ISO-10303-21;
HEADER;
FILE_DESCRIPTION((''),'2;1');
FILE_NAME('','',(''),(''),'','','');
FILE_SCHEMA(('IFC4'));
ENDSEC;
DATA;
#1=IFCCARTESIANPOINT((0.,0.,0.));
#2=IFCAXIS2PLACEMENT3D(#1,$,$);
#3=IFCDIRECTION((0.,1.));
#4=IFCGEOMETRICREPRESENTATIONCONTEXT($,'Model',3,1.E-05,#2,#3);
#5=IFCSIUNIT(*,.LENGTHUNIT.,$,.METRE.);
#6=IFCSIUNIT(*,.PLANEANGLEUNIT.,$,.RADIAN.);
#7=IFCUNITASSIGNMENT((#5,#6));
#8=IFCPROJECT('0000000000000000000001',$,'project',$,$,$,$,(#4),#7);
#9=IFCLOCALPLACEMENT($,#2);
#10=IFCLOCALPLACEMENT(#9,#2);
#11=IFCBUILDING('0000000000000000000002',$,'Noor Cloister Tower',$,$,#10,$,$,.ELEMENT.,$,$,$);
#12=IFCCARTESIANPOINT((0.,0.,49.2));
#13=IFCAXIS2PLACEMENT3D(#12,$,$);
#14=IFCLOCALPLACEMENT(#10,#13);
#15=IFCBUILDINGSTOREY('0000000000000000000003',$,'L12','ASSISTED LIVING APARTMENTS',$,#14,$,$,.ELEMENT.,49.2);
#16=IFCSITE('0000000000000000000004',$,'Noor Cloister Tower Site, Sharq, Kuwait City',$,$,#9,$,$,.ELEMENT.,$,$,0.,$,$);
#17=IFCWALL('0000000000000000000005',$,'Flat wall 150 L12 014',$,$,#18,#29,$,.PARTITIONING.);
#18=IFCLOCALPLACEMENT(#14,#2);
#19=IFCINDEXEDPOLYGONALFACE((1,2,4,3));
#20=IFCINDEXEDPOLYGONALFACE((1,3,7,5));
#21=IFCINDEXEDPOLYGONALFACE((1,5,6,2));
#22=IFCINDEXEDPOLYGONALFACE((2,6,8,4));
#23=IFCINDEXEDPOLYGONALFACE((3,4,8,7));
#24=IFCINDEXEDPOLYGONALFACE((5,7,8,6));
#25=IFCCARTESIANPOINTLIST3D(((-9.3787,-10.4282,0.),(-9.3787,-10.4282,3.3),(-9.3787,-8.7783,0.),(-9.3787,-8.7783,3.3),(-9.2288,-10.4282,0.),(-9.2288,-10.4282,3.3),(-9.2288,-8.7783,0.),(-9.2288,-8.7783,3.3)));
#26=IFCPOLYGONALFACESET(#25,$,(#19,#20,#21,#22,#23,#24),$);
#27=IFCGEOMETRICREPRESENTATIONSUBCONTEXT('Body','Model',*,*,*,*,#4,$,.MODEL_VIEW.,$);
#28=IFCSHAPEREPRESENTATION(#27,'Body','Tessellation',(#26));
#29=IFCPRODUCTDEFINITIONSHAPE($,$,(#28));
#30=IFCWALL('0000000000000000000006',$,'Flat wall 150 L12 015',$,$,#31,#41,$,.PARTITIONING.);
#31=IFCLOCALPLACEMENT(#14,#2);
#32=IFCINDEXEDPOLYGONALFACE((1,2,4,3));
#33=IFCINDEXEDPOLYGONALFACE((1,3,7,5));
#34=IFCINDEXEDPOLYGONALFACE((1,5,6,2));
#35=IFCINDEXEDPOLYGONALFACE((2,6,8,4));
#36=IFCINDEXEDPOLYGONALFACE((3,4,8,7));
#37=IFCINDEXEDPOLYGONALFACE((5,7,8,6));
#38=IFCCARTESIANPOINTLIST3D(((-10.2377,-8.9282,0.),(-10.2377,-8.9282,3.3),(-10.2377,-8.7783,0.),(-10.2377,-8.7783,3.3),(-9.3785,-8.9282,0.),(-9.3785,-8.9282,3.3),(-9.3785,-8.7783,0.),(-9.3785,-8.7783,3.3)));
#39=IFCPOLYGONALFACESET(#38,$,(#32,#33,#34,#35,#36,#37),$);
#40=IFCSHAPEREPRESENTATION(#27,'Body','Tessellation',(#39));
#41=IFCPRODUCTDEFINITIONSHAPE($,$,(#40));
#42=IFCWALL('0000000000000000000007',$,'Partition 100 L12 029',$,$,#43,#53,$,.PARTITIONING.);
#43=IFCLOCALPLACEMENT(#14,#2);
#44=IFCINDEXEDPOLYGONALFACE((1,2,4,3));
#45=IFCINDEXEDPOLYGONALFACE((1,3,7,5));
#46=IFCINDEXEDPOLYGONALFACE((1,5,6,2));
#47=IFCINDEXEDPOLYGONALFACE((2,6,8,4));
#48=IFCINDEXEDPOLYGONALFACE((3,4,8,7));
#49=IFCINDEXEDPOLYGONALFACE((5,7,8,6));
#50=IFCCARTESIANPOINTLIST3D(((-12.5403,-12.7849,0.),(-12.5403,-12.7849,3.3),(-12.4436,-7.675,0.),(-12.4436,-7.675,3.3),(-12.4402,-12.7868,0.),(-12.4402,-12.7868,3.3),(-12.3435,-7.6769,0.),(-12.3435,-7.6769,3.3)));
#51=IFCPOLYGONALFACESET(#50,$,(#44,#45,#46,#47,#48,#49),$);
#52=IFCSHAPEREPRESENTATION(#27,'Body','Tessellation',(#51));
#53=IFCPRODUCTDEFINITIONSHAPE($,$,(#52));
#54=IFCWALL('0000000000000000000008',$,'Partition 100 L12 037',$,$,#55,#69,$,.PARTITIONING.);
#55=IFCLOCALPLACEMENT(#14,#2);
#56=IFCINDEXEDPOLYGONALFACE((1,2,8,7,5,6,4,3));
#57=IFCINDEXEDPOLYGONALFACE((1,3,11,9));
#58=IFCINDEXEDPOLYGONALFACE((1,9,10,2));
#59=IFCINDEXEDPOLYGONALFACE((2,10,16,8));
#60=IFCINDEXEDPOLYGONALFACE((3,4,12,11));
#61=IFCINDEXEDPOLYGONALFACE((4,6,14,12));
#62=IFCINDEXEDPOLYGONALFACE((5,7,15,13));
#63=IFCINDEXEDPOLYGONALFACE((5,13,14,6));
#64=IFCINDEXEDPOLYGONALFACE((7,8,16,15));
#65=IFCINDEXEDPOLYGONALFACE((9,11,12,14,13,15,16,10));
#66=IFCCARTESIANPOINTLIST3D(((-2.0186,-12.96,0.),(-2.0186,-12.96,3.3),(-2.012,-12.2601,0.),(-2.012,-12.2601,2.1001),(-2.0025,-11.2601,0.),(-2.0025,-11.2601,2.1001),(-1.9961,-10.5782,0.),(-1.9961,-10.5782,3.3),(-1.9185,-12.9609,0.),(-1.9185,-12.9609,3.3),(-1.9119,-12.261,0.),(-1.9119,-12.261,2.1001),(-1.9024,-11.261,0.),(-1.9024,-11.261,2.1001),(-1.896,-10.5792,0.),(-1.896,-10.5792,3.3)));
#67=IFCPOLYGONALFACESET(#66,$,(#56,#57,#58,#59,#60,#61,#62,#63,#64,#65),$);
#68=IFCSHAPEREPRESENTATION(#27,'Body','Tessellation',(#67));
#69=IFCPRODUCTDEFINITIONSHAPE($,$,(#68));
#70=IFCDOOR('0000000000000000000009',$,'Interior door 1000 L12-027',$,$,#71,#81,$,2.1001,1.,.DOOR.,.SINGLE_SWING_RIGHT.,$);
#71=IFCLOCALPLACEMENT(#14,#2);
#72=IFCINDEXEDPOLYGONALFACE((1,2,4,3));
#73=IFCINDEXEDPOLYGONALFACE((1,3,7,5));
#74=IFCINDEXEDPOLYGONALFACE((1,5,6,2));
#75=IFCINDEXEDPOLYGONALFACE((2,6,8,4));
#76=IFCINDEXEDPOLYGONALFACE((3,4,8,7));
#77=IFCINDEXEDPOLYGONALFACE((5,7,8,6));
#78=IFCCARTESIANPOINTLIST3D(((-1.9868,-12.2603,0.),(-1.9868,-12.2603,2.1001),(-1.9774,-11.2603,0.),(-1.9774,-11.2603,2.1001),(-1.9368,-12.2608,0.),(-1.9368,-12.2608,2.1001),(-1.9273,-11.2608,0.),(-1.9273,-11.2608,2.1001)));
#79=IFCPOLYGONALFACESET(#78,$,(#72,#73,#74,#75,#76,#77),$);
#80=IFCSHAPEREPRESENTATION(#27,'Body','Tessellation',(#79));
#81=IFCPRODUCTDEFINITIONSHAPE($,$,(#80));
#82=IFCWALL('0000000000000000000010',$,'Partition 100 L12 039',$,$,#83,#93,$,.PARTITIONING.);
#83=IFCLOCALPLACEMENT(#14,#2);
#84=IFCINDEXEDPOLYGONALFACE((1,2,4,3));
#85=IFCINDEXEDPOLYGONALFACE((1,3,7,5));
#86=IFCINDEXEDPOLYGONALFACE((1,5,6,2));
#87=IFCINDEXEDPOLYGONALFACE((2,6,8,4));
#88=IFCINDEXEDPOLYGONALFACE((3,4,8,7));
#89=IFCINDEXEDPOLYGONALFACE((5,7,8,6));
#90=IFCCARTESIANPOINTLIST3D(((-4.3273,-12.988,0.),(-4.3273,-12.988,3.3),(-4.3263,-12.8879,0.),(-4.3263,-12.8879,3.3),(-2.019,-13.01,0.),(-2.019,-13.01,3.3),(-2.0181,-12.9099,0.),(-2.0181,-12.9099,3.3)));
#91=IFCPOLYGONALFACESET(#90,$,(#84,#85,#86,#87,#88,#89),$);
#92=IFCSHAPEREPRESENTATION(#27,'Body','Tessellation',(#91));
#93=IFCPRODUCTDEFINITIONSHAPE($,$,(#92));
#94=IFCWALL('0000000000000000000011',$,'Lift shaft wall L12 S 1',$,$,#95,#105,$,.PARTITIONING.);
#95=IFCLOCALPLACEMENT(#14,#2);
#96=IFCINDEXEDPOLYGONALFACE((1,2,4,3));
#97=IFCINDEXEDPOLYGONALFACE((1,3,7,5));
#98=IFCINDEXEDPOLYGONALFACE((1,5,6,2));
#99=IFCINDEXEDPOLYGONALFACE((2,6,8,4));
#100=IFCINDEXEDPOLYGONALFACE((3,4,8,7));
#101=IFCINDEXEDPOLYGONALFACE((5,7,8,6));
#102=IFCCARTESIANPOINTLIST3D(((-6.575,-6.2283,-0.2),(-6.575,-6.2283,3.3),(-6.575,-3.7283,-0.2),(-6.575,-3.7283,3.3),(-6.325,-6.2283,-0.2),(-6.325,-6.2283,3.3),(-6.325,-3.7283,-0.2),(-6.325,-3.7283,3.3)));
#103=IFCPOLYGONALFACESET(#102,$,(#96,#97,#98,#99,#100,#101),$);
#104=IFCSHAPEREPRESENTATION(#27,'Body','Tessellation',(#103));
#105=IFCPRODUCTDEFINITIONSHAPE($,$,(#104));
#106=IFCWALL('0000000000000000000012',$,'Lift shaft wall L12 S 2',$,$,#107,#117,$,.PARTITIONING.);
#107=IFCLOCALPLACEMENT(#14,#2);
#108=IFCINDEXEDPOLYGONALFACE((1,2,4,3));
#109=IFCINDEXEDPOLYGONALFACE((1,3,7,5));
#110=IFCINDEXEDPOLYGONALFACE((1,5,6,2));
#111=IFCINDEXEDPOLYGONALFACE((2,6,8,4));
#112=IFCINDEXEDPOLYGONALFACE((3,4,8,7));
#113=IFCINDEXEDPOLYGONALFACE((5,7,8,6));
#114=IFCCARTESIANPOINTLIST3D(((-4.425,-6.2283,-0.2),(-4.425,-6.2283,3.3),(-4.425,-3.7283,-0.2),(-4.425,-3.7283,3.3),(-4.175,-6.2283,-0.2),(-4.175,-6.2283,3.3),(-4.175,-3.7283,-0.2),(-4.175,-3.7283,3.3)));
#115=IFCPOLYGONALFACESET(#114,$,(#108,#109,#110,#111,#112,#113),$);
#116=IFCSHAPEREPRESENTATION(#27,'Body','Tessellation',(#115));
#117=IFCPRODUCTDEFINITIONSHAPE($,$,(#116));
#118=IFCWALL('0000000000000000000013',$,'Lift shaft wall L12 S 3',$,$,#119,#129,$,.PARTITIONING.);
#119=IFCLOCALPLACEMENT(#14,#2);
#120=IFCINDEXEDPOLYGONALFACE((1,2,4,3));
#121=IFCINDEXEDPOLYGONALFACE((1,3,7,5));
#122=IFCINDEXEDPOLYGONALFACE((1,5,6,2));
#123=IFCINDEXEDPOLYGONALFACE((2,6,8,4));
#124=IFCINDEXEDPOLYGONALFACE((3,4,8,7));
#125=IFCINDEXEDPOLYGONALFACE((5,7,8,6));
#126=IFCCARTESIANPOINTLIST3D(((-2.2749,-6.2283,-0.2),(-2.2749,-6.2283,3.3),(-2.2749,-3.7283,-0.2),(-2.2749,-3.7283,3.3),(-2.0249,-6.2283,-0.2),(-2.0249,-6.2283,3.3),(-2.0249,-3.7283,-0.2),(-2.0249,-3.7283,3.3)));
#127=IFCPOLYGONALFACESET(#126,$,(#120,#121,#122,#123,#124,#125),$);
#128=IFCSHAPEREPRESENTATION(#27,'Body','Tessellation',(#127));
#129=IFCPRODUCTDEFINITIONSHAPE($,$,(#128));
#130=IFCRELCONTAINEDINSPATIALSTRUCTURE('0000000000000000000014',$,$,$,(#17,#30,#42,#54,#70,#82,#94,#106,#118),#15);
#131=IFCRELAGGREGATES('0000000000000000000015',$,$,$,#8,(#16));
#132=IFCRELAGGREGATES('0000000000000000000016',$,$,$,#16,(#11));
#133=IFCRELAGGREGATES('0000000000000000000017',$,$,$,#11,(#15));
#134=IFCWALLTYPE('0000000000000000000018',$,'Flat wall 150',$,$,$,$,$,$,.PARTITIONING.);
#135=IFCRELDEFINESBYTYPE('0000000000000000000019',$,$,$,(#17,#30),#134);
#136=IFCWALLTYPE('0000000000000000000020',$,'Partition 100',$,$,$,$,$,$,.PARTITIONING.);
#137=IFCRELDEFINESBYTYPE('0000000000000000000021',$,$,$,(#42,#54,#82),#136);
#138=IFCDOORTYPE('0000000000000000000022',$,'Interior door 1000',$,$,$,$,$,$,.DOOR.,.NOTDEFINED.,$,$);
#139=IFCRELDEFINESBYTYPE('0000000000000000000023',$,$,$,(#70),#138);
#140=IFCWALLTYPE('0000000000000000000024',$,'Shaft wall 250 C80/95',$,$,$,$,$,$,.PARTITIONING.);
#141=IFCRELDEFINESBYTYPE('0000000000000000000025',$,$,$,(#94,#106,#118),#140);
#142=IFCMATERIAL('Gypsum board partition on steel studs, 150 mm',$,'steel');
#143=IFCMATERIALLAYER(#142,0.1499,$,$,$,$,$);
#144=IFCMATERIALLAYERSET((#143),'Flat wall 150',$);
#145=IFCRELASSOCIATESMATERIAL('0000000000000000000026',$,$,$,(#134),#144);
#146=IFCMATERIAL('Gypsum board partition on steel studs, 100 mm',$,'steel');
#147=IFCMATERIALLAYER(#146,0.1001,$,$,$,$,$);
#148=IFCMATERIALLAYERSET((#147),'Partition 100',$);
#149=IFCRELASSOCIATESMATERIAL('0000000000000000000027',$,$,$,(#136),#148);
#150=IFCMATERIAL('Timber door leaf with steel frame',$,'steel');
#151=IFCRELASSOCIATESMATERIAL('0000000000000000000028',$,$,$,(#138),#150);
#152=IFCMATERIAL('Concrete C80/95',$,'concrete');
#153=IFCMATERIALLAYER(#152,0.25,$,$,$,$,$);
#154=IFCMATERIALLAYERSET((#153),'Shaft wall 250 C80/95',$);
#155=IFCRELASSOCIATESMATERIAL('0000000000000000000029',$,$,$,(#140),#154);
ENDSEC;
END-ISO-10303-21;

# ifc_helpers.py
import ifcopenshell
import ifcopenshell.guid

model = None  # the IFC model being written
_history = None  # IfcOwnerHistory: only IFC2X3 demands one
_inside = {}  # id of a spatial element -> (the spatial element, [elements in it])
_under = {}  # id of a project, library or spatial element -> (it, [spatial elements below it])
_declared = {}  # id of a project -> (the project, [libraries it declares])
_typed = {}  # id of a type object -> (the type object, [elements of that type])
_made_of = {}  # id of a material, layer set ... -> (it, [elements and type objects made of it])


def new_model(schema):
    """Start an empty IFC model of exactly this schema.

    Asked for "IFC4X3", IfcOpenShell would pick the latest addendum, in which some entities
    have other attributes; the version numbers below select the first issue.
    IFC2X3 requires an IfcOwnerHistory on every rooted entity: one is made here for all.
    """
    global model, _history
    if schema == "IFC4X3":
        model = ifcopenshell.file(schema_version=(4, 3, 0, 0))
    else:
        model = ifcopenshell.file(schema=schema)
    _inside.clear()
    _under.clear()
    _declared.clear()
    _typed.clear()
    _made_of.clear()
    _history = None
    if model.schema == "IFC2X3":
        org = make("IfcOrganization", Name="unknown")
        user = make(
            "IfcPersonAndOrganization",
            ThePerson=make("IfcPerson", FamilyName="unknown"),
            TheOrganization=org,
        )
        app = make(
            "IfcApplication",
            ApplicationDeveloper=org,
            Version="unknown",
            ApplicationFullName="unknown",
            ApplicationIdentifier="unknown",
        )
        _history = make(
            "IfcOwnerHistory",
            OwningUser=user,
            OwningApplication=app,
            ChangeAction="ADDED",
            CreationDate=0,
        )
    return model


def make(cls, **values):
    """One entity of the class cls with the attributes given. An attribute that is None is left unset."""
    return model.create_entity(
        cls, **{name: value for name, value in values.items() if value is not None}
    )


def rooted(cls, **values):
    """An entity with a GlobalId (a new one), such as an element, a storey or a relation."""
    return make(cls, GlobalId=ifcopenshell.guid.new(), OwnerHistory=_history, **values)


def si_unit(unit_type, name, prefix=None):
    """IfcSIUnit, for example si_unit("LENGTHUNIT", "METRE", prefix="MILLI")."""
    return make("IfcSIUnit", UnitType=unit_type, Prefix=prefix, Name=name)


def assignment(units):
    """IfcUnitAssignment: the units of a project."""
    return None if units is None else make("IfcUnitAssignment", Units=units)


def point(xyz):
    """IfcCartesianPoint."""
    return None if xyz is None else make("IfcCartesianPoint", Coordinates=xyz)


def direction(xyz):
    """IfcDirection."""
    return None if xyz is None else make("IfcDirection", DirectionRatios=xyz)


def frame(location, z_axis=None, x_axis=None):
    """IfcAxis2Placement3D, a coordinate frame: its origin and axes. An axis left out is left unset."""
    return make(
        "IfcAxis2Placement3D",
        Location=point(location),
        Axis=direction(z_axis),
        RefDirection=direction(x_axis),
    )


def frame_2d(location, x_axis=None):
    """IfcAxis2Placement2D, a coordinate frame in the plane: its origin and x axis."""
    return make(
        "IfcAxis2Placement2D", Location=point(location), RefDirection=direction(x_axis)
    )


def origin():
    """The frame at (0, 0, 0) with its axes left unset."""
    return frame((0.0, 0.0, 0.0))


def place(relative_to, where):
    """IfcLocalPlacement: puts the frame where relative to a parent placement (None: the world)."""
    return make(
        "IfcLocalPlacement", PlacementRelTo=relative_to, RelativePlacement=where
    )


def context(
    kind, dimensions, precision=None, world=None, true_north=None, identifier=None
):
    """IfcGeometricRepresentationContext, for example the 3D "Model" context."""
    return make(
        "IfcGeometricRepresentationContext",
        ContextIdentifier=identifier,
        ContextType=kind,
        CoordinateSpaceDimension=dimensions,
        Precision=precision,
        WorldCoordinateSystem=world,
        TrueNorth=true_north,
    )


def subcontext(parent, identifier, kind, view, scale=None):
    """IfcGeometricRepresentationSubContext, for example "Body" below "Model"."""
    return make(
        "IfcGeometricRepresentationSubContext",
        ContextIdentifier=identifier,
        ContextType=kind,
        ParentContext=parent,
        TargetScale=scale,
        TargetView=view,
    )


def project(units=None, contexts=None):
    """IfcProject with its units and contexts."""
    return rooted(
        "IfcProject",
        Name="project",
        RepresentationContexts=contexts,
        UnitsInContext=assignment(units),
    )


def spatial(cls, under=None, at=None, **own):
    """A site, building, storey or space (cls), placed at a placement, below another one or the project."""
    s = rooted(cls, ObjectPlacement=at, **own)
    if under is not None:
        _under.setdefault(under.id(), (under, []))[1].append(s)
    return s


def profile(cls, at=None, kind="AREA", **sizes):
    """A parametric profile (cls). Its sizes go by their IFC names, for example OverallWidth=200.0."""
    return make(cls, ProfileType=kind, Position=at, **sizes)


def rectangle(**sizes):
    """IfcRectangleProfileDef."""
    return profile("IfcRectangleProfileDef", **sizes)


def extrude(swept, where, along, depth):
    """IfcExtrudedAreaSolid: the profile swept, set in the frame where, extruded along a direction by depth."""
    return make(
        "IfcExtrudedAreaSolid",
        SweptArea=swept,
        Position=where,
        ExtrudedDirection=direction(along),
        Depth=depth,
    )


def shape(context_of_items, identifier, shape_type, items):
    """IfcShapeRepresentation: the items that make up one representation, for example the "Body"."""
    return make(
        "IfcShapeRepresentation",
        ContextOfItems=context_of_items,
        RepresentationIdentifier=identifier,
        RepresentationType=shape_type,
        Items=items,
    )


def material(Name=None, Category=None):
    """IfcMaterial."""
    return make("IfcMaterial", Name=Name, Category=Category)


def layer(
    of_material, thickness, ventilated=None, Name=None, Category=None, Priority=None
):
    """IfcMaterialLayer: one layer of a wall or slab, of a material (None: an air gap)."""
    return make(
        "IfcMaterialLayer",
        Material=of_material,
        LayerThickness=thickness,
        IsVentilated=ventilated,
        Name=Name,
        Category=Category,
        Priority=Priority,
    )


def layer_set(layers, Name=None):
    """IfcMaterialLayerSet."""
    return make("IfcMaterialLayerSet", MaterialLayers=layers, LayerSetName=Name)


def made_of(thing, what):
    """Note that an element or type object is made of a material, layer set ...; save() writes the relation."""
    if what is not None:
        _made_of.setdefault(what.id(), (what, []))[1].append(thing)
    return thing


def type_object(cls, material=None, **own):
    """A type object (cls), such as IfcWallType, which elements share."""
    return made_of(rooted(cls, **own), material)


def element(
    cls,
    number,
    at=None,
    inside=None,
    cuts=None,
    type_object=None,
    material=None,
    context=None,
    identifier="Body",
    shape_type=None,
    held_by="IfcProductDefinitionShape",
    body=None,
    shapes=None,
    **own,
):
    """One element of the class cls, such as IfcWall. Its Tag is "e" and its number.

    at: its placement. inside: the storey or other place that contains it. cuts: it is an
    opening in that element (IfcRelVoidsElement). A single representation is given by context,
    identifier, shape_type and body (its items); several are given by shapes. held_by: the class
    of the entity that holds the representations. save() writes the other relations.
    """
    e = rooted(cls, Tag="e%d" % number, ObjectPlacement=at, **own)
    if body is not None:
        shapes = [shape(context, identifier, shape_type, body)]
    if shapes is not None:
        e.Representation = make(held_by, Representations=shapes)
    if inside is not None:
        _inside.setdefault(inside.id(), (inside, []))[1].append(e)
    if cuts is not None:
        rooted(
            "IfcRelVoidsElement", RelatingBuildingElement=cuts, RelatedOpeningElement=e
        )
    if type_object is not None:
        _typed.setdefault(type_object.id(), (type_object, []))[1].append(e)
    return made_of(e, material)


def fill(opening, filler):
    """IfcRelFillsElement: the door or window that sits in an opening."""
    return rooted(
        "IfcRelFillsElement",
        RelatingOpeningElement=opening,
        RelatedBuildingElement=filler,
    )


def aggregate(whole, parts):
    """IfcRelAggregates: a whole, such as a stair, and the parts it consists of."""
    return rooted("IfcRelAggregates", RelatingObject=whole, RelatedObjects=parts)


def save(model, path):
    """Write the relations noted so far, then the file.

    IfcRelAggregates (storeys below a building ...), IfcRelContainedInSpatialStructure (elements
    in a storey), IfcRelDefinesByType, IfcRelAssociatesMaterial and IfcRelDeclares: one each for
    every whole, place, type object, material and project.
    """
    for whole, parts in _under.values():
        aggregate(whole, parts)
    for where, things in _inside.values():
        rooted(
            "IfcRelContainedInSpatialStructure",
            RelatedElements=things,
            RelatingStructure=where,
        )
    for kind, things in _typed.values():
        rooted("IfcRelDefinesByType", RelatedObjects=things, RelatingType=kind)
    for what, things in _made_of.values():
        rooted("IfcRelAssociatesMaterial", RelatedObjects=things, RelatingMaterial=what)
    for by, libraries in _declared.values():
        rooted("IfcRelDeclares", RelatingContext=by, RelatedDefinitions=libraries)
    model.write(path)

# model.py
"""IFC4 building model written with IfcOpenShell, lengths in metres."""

from ifc_helpers import new_model, si_unit, direction, frame, frame_2d, origin, place, context, subcontext, project, spatial, rectangle, extrude, material, layer, layer_set, type_object, element, fill, save


model = new_model("IFC4")

# Units and contexts
model_context = context("Model", 3, precision=1e-05, world=origin(), true_north=direction((0.0, 1.0)))
body_context = subcontext(model_context, "Body", "Model", "MODEL_VIEW")
ifc_project = project(units=[si_unit("LENGTHUNIT", "METRE"), si_unit("PLANEANGLEUNIT", "RADIAN")], contexts=[model_context])

# Site, building, storey
site_placement = place(None, origin())
site = spatial("IfcSite", under=ifc_project, at=site_placement, Name="Noor Cloister Tower Site, Sharq, Kuwait City", CompositionType="ELEMENT", RefElevation=0.0)
building_placement = place(site_placement, origin())
building = spatial("IfcBuilding", under=site, at=building_placement, Name="Noor Cloister Tower", CompositionType="ELEMENT")
storey_placement = place(building_placement, frame((0.0, 0.0, 49.2)))
storey = spatial("IfcBuildingStorey", under=building, at=storey_placement, Name="L12", Description="ASSISTED LIVING APARTMENTS", CompositionType="ELEMENT", Elevation=49.2)

# Walls
ifc_material_1 = material(Name="Gypsum board partition on steel studs, 150 mm", Category="steel")
ifc_layer_1 = layer(ifc_material_1, 0.1499)
ifc_layer_set_1 = layer_set([ifc_layer_1], Name="Flat wall 150")
wall_type_1 = type_object("IfcWallType", Name="Flat wall 150", PredefinedType="PARTITIONING", material=ifc_layer_set_1)
wall_1_placement = place(storey_placement, frame((-9.3037, -10.4282, 0.0), z_axis=(0.0, 0.0, 1.0), x_axis=(0.0, 1.0, 0.0)))
element("IfcWall", 1, at=wall_1_placement, inside=storey, type_object=wall_type_1, Name="Flat wall 150 L12 014", PredefinedType="PARTITIONING", context=body_context, shape_type="SweptSolid", body=[
    extrude(rectangle(XDim=1.6499, YDim=0.1499, at=frame_2d((0.825, 0.0))), origin(), (0.0, 0.0, 1.0), 3.3),
])
wall_2_placement = place(storey_placement, frame((-10.2378, -8.8533, 0.0), z_axis=(0.0, 0.0, 1.0), x_axis=(1.0, 0.0, 0.0)))
element("IfcWall", 2, at=wall_2_placement, inside=storey, type_object=wall_type_1, Name="Flat wall 150 L12 015", PredefinedType="PARTITIONING", context=body_context, shape_type="SweptSolid", body=[
    extrude(rectangle(XDim=0.8591, YDim=0.1499, at=frame_2d((0.4297, 0.0))), origin(), (0.0, 0.0, 1.0), 3.3),
])
ifc_material_2 = material(Name="Gypsum board partition on steel studs, 100 mm", Category="steel")
ifc_layer_2 = layer(ifc_material_2, 0.1001)
ifc_layer_set_2 = layer_set([ifc_layer_2], Name="Partition 100")
wall_type_2 = type_object("IfcWallType", Name="Partition 100", PredefinedType="PARTITIONING", material=ifc_layer_set_2)
wall_3_placement = place(storey_placement, frame((-12.4902, -12.7859, 0.0), z_axis=(0.0, 0.0, 1.0), x_axis=(0.018917, 0.999821, 0.0)))
element("IfcWall", 3, at=wall_3_placement, inside=storey, type_object=wall_type_2, Name="Partition 100 L12 029", PredefinedType="PARTITIONING", context=body_context, shape_type="SweptSolid", body=[
    extrude(rectangle(XDim=5.1108, YDim=0.1001, at=frame_2d((2.5554, 0.0))), origin(), (0.0, 0.0, 1.0), 3.3),
])

# Wall, opening, door
wall_4_placement = place(storey_placement, frame((-1.9685, -12.9604, 0.0), z_axis=(0.0, 0.0, 1.0), x_axis=(0.00943, 0.999956, 0.0)))
wall_4 = element("IfcWall", 4, at=wall_4_placement, inside=storey, type_object=wall_type_2, Name="Partition 100 L12 037", PredefinedType="PARTITIONING", context=body_context, shape_type="SweptSolid", body=[
    extrude(rectangle(XDim=2.3818, YDim=0.1001, at=frame_2d((1.1909, 0.0))), origin(), (0.0, 0.0, 1.0), 3.3),
])
opening_1_placement = place(wall_4_placement, frame((0.7, 0.0, 0.0)))
opening_1 = element("IfcOpeningElement", 5, at=opening_1_placement, cuts=wall_4, PredefinedType="OPENING", context=body_context, shape_type="SweptSolid", body=[
    extrude(rectangle(XDim=1.0, YDim=2.1001, at=frame_2d((0.5, 1.05))), frame((0.0, 0.0601, 0.0), z_axis=(0.0, -1.0, 0.0), x_axis=(1.0, 0.0, 0.0)), (0.0, 0.0, 1.0), 0.1201),
])
ifc_material_3 = material(Name="Timber door leaf with steel frame", Category="steel")
door_type_1 = type_object("IfcDoorType", Name="Interior door 1000", OperationType="NOTDEFINED", PredefinedType="DOOR", material=ifc_material_3)
door_1_placement = place(opening_1_placement, origin())
door_1 = element("IfcDoor", 6, at=door_1_placement, inside=storey, type_object=door_type_1, Name="Interior door 1000 L12-027", OperationType="SINGLE_SWING_RIGHT", OverallHeight=2.1001, OverallWidth=1.0, PredefinedType="DOOR", context=body_context, shape_type="SweptSolid", body=[
    extrude(rectangle(XDim=1.0, YDim=2.1001, at=frame_2d((0.5, 1.05))), frame((0.0, 0.0249, 0.0), z_axis=(0.0, -1.0, 0.0), x_axis=(1.0, 0.0, 0.0)), (0.0, 0.0, 1.0), 0.05),
])
fill(opening_1, door_1)

# Walls
wall_5_placement = place(storey_placement, frame((-4.3269, -12.938, 0.0), z_axis=(0.0, 0.0, 1.0), x_axis=(0.999955, -0.009518, 0.0)))
element("IfcWall", 7, at=wall_5_placement, inside=storey, type_object=wall_type_2, Name="Partition 100 L12 039", PredefinedType="PARTITIONING", context=body_context, shape_type="SweptSolid", body=[
    extrude(rectangle(XDim=2.3083, YDim=0.1001, at=frame_2d((1.1543, 0.0))), origin(), (0.0, 0.0, 1.0), 3.3),
])
ifc_material_4 = material(Name="Concrete C80/95", Category="concrete")
ifc_layer_3 = layer(ifc_material_4, 0.25)
ifc_layer_set_3 = layer_set([ifc_layer_3], Name="Shaft wall 250 C80/95")
wall_type_3 = type_object("IfcWallType", Name="Shaft wall 250 C80/95", PredefinedType="PARTITIONING", material=ifc_layer_set_3)
for number, where, z_axis, x_axis, name in (
    (8, (-6.45, -6.2283, -0.2), (0.0, 0.0, 1.0), (0.0, 1.0, 0.0), "Lift shaft wall L12 S 1"),
    (9, (-4.3, -6.2283, -0.2), (0.0, 0.0, 1.0), (0.0, 1.0, 0.0), "Lift shaft wall L12 S 2"),
    (10, (-2.1499, -6.2283, -0.2), (0.0, 0.0, 1.0), (0.0, 1.0, 0.0), "Lift shaft wall L12 S 3"),
):
    element("IfcWall", number, at=place(storey_placement, frame(where, z_axis=z_axis, x_axis=x_axis)), inside=storey, type_object=wall_type_3, Name=name, PredefinedType="PARTITIONING", context=body_context, shape_type="SweptSolid", body=[
        extrude(rectangle(XDim=2.5, YDim=0.25, at=frame_2d((1.25, 0.0))), origin(), (0.0, 0.0, 1.0), 3.5),
    ])

save(model, "model.ifc")
